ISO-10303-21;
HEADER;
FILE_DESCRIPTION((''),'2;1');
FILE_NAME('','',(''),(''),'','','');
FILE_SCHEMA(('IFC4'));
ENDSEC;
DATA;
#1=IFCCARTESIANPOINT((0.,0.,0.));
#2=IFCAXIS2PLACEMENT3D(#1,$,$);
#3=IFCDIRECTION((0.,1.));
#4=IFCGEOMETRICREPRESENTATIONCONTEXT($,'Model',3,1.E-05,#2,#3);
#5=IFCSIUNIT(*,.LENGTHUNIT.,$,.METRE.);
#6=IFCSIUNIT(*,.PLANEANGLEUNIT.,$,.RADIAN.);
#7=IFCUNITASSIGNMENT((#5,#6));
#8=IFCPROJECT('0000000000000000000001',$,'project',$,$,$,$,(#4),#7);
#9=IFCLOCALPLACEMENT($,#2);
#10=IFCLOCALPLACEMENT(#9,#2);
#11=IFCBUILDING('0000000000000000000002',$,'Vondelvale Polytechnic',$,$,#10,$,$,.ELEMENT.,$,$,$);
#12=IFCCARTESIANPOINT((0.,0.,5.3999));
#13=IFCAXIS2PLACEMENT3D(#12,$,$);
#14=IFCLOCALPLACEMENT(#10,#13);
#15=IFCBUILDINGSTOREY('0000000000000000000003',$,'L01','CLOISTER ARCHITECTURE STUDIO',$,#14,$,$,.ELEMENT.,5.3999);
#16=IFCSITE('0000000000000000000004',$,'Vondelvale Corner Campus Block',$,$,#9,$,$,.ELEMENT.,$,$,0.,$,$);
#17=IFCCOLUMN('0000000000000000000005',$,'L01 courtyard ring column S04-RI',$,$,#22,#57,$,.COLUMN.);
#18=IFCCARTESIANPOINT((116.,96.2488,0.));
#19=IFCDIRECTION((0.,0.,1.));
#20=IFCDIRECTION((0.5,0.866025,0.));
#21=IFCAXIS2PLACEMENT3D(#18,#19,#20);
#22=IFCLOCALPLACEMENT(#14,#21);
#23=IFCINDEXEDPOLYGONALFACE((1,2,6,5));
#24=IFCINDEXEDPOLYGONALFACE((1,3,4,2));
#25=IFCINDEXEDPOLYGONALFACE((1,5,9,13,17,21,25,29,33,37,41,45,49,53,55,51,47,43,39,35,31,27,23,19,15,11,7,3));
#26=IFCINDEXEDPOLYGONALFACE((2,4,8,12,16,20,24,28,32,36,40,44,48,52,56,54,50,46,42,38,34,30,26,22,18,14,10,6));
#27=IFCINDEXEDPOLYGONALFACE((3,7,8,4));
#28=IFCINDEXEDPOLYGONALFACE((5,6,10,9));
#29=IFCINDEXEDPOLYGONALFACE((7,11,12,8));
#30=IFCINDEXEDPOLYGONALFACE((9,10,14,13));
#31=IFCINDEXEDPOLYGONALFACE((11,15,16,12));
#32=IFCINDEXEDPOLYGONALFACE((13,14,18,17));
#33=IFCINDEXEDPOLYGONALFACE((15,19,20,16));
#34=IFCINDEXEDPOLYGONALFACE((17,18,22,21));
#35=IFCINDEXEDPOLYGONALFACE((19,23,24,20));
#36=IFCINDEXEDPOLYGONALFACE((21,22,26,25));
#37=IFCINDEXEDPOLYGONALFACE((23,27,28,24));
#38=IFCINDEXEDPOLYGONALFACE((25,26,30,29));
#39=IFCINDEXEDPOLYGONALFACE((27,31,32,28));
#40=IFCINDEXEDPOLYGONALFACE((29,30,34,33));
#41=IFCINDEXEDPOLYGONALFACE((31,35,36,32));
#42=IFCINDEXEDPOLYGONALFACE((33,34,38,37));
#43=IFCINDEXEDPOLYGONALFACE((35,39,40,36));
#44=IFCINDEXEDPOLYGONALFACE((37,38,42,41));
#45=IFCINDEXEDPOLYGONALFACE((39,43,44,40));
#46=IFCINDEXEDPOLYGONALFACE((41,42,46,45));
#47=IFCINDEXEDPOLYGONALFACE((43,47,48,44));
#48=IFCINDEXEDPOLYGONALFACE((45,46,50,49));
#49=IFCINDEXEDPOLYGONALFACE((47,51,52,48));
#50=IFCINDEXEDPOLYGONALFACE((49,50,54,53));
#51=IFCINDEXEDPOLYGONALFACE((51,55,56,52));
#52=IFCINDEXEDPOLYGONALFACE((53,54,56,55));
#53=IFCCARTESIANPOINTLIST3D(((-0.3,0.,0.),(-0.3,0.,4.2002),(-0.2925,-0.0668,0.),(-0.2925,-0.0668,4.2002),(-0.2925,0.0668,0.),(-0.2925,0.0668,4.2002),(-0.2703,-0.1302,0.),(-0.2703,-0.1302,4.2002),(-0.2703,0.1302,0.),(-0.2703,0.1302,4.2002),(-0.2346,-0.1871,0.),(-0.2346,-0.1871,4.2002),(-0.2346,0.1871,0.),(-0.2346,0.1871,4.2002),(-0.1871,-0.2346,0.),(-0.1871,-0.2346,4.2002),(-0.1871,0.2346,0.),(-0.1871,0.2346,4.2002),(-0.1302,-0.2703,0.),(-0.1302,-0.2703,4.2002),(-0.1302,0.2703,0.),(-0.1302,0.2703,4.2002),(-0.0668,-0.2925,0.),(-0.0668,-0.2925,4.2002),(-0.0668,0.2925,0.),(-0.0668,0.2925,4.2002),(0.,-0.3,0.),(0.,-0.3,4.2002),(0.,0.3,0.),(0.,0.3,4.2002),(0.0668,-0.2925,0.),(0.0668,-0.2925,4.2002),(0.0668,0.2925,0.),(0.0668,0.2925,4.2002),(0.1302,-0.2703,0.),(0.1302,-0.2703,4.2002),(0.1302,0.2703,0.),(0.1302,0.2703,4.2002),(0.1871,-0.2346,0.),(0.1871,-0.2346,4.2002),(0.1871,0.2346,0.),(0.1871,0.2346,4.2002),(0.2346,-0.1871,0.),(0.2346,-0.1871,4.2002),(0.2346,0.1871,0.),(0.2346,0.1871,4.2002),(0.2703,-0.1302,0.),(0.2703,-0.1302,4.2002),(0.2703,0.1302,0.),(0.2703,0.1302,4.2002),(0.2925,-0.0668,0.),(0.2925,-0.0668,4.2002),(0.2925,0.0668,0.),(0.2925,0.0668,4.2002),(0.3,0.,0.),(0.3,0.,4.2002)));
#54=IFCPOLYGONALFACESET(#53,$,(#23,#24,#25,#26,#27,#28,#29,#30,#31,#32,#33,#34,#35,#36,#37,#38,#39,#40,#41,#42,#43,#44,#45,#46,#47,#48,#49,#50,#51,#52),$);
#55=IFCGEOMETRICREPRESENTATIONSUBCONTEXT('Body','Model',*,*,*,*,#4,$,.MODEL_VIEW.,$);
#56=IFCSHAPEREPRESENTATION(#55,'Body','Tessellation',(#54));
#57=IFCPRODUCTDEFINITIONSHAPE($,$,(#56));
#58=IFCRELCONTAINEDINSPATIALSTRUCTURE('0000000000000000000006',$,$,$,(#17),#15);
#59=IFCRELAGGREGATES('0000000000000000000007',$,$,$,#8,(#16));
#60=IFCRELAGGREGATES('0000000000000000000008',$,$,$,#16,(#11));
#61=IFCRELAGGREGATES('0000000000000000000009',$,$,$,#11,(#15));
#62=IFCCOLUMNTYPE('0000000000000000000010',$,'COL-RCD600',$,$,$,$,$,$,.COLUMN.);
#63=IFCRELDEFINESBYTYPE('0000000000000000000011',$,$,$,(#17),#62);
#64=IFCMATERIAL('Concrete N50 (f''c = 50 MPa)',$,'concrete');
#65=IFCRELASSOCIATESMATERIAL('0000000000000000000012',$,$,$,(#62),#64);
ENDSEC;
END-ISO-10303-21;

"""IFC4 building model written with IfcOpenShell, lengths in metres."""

from ifc_helpers import new_model, si_unit, direction, frame, origin, origin_2d, place, context, subcontext, project, spatial, circle, extrude, material, material_profile, profile_set, type_object, element, save


model = new_model("IFC4")

# Units and contexts
model_context = context("Model", 3, precision=1e-05, world=origin(), true_north=direction((0.0, 1.0)))
body_context = subcontext(model_context, "Body", "Model", "MODEL_VIEW")
ifc_project = project(units=[si_unit("LENGTHUNIT", "METRE"), si_unit("PLANEANGLEUNIT", "RADIAN")], contexts=[model_context])

# Site, building, storey
site_placement = place(None, origin())
site = spatial("IfcSite", under=ifc_project, at=site_placement, Name="Vondelvale Corner Campus Block", CompositionType="ELEMENT", RefElevation=0.0)
building_placement = place(site_placement, origin())
building = spatial("IfcBuilding", under=site, at=building_placement, Name="Vondelvale Polytechnic", CompositionType="ELEMENT")
storey_placement = place(building_placement, frame((0.0, 0.0, 5.3999)))
storey = spatial("IfcBuildingStorey", under=building, at=storey_placement, Name="L01", Description="CLOISTER ARCHITECTURE STUDIO", CompositionType="ELEMENT", Elevation=5.3999)

# Column
ifc_material_1 = material(Name="Concrete N50 (f'c = 50 MPa)", Category="concrete")
ifc_material_profile_1 = material_profile(ifc_material_1, circle(Radius=0.3, at=origin_2d()), Name="RC-COL-D600")
ifc_profile_set_1 = profile_set([ifc_material_profile_1], Name="Concrete N50 (f'c = 50 MPa)")
column_type = type_object("IfcColumnType", Name="COL-RCD600", PredefinedType="COLUMN", material=ifc_profile_set_1)
column_placement = place(storey_placement, frame((116.0, 96.2488, 0.0), z_axis=(0.0, 0.0, 1.0), x_axis=(0.5, 0.866025, 0.0)))
element("IfcColumn", 1, at=column_placement, inside=storey, type_object=column_type, Name="L01 courtyard ring column S04-RI", PredefinedType="COLUMN", context=body_context, shape_type="SweptSolid", body=[
    extrude(circle(Radius=0.3, at=origin_2d()), origin(), (0.0, 0.0, 1.0), 4.2002),
])

save(model, "model.ifc")
